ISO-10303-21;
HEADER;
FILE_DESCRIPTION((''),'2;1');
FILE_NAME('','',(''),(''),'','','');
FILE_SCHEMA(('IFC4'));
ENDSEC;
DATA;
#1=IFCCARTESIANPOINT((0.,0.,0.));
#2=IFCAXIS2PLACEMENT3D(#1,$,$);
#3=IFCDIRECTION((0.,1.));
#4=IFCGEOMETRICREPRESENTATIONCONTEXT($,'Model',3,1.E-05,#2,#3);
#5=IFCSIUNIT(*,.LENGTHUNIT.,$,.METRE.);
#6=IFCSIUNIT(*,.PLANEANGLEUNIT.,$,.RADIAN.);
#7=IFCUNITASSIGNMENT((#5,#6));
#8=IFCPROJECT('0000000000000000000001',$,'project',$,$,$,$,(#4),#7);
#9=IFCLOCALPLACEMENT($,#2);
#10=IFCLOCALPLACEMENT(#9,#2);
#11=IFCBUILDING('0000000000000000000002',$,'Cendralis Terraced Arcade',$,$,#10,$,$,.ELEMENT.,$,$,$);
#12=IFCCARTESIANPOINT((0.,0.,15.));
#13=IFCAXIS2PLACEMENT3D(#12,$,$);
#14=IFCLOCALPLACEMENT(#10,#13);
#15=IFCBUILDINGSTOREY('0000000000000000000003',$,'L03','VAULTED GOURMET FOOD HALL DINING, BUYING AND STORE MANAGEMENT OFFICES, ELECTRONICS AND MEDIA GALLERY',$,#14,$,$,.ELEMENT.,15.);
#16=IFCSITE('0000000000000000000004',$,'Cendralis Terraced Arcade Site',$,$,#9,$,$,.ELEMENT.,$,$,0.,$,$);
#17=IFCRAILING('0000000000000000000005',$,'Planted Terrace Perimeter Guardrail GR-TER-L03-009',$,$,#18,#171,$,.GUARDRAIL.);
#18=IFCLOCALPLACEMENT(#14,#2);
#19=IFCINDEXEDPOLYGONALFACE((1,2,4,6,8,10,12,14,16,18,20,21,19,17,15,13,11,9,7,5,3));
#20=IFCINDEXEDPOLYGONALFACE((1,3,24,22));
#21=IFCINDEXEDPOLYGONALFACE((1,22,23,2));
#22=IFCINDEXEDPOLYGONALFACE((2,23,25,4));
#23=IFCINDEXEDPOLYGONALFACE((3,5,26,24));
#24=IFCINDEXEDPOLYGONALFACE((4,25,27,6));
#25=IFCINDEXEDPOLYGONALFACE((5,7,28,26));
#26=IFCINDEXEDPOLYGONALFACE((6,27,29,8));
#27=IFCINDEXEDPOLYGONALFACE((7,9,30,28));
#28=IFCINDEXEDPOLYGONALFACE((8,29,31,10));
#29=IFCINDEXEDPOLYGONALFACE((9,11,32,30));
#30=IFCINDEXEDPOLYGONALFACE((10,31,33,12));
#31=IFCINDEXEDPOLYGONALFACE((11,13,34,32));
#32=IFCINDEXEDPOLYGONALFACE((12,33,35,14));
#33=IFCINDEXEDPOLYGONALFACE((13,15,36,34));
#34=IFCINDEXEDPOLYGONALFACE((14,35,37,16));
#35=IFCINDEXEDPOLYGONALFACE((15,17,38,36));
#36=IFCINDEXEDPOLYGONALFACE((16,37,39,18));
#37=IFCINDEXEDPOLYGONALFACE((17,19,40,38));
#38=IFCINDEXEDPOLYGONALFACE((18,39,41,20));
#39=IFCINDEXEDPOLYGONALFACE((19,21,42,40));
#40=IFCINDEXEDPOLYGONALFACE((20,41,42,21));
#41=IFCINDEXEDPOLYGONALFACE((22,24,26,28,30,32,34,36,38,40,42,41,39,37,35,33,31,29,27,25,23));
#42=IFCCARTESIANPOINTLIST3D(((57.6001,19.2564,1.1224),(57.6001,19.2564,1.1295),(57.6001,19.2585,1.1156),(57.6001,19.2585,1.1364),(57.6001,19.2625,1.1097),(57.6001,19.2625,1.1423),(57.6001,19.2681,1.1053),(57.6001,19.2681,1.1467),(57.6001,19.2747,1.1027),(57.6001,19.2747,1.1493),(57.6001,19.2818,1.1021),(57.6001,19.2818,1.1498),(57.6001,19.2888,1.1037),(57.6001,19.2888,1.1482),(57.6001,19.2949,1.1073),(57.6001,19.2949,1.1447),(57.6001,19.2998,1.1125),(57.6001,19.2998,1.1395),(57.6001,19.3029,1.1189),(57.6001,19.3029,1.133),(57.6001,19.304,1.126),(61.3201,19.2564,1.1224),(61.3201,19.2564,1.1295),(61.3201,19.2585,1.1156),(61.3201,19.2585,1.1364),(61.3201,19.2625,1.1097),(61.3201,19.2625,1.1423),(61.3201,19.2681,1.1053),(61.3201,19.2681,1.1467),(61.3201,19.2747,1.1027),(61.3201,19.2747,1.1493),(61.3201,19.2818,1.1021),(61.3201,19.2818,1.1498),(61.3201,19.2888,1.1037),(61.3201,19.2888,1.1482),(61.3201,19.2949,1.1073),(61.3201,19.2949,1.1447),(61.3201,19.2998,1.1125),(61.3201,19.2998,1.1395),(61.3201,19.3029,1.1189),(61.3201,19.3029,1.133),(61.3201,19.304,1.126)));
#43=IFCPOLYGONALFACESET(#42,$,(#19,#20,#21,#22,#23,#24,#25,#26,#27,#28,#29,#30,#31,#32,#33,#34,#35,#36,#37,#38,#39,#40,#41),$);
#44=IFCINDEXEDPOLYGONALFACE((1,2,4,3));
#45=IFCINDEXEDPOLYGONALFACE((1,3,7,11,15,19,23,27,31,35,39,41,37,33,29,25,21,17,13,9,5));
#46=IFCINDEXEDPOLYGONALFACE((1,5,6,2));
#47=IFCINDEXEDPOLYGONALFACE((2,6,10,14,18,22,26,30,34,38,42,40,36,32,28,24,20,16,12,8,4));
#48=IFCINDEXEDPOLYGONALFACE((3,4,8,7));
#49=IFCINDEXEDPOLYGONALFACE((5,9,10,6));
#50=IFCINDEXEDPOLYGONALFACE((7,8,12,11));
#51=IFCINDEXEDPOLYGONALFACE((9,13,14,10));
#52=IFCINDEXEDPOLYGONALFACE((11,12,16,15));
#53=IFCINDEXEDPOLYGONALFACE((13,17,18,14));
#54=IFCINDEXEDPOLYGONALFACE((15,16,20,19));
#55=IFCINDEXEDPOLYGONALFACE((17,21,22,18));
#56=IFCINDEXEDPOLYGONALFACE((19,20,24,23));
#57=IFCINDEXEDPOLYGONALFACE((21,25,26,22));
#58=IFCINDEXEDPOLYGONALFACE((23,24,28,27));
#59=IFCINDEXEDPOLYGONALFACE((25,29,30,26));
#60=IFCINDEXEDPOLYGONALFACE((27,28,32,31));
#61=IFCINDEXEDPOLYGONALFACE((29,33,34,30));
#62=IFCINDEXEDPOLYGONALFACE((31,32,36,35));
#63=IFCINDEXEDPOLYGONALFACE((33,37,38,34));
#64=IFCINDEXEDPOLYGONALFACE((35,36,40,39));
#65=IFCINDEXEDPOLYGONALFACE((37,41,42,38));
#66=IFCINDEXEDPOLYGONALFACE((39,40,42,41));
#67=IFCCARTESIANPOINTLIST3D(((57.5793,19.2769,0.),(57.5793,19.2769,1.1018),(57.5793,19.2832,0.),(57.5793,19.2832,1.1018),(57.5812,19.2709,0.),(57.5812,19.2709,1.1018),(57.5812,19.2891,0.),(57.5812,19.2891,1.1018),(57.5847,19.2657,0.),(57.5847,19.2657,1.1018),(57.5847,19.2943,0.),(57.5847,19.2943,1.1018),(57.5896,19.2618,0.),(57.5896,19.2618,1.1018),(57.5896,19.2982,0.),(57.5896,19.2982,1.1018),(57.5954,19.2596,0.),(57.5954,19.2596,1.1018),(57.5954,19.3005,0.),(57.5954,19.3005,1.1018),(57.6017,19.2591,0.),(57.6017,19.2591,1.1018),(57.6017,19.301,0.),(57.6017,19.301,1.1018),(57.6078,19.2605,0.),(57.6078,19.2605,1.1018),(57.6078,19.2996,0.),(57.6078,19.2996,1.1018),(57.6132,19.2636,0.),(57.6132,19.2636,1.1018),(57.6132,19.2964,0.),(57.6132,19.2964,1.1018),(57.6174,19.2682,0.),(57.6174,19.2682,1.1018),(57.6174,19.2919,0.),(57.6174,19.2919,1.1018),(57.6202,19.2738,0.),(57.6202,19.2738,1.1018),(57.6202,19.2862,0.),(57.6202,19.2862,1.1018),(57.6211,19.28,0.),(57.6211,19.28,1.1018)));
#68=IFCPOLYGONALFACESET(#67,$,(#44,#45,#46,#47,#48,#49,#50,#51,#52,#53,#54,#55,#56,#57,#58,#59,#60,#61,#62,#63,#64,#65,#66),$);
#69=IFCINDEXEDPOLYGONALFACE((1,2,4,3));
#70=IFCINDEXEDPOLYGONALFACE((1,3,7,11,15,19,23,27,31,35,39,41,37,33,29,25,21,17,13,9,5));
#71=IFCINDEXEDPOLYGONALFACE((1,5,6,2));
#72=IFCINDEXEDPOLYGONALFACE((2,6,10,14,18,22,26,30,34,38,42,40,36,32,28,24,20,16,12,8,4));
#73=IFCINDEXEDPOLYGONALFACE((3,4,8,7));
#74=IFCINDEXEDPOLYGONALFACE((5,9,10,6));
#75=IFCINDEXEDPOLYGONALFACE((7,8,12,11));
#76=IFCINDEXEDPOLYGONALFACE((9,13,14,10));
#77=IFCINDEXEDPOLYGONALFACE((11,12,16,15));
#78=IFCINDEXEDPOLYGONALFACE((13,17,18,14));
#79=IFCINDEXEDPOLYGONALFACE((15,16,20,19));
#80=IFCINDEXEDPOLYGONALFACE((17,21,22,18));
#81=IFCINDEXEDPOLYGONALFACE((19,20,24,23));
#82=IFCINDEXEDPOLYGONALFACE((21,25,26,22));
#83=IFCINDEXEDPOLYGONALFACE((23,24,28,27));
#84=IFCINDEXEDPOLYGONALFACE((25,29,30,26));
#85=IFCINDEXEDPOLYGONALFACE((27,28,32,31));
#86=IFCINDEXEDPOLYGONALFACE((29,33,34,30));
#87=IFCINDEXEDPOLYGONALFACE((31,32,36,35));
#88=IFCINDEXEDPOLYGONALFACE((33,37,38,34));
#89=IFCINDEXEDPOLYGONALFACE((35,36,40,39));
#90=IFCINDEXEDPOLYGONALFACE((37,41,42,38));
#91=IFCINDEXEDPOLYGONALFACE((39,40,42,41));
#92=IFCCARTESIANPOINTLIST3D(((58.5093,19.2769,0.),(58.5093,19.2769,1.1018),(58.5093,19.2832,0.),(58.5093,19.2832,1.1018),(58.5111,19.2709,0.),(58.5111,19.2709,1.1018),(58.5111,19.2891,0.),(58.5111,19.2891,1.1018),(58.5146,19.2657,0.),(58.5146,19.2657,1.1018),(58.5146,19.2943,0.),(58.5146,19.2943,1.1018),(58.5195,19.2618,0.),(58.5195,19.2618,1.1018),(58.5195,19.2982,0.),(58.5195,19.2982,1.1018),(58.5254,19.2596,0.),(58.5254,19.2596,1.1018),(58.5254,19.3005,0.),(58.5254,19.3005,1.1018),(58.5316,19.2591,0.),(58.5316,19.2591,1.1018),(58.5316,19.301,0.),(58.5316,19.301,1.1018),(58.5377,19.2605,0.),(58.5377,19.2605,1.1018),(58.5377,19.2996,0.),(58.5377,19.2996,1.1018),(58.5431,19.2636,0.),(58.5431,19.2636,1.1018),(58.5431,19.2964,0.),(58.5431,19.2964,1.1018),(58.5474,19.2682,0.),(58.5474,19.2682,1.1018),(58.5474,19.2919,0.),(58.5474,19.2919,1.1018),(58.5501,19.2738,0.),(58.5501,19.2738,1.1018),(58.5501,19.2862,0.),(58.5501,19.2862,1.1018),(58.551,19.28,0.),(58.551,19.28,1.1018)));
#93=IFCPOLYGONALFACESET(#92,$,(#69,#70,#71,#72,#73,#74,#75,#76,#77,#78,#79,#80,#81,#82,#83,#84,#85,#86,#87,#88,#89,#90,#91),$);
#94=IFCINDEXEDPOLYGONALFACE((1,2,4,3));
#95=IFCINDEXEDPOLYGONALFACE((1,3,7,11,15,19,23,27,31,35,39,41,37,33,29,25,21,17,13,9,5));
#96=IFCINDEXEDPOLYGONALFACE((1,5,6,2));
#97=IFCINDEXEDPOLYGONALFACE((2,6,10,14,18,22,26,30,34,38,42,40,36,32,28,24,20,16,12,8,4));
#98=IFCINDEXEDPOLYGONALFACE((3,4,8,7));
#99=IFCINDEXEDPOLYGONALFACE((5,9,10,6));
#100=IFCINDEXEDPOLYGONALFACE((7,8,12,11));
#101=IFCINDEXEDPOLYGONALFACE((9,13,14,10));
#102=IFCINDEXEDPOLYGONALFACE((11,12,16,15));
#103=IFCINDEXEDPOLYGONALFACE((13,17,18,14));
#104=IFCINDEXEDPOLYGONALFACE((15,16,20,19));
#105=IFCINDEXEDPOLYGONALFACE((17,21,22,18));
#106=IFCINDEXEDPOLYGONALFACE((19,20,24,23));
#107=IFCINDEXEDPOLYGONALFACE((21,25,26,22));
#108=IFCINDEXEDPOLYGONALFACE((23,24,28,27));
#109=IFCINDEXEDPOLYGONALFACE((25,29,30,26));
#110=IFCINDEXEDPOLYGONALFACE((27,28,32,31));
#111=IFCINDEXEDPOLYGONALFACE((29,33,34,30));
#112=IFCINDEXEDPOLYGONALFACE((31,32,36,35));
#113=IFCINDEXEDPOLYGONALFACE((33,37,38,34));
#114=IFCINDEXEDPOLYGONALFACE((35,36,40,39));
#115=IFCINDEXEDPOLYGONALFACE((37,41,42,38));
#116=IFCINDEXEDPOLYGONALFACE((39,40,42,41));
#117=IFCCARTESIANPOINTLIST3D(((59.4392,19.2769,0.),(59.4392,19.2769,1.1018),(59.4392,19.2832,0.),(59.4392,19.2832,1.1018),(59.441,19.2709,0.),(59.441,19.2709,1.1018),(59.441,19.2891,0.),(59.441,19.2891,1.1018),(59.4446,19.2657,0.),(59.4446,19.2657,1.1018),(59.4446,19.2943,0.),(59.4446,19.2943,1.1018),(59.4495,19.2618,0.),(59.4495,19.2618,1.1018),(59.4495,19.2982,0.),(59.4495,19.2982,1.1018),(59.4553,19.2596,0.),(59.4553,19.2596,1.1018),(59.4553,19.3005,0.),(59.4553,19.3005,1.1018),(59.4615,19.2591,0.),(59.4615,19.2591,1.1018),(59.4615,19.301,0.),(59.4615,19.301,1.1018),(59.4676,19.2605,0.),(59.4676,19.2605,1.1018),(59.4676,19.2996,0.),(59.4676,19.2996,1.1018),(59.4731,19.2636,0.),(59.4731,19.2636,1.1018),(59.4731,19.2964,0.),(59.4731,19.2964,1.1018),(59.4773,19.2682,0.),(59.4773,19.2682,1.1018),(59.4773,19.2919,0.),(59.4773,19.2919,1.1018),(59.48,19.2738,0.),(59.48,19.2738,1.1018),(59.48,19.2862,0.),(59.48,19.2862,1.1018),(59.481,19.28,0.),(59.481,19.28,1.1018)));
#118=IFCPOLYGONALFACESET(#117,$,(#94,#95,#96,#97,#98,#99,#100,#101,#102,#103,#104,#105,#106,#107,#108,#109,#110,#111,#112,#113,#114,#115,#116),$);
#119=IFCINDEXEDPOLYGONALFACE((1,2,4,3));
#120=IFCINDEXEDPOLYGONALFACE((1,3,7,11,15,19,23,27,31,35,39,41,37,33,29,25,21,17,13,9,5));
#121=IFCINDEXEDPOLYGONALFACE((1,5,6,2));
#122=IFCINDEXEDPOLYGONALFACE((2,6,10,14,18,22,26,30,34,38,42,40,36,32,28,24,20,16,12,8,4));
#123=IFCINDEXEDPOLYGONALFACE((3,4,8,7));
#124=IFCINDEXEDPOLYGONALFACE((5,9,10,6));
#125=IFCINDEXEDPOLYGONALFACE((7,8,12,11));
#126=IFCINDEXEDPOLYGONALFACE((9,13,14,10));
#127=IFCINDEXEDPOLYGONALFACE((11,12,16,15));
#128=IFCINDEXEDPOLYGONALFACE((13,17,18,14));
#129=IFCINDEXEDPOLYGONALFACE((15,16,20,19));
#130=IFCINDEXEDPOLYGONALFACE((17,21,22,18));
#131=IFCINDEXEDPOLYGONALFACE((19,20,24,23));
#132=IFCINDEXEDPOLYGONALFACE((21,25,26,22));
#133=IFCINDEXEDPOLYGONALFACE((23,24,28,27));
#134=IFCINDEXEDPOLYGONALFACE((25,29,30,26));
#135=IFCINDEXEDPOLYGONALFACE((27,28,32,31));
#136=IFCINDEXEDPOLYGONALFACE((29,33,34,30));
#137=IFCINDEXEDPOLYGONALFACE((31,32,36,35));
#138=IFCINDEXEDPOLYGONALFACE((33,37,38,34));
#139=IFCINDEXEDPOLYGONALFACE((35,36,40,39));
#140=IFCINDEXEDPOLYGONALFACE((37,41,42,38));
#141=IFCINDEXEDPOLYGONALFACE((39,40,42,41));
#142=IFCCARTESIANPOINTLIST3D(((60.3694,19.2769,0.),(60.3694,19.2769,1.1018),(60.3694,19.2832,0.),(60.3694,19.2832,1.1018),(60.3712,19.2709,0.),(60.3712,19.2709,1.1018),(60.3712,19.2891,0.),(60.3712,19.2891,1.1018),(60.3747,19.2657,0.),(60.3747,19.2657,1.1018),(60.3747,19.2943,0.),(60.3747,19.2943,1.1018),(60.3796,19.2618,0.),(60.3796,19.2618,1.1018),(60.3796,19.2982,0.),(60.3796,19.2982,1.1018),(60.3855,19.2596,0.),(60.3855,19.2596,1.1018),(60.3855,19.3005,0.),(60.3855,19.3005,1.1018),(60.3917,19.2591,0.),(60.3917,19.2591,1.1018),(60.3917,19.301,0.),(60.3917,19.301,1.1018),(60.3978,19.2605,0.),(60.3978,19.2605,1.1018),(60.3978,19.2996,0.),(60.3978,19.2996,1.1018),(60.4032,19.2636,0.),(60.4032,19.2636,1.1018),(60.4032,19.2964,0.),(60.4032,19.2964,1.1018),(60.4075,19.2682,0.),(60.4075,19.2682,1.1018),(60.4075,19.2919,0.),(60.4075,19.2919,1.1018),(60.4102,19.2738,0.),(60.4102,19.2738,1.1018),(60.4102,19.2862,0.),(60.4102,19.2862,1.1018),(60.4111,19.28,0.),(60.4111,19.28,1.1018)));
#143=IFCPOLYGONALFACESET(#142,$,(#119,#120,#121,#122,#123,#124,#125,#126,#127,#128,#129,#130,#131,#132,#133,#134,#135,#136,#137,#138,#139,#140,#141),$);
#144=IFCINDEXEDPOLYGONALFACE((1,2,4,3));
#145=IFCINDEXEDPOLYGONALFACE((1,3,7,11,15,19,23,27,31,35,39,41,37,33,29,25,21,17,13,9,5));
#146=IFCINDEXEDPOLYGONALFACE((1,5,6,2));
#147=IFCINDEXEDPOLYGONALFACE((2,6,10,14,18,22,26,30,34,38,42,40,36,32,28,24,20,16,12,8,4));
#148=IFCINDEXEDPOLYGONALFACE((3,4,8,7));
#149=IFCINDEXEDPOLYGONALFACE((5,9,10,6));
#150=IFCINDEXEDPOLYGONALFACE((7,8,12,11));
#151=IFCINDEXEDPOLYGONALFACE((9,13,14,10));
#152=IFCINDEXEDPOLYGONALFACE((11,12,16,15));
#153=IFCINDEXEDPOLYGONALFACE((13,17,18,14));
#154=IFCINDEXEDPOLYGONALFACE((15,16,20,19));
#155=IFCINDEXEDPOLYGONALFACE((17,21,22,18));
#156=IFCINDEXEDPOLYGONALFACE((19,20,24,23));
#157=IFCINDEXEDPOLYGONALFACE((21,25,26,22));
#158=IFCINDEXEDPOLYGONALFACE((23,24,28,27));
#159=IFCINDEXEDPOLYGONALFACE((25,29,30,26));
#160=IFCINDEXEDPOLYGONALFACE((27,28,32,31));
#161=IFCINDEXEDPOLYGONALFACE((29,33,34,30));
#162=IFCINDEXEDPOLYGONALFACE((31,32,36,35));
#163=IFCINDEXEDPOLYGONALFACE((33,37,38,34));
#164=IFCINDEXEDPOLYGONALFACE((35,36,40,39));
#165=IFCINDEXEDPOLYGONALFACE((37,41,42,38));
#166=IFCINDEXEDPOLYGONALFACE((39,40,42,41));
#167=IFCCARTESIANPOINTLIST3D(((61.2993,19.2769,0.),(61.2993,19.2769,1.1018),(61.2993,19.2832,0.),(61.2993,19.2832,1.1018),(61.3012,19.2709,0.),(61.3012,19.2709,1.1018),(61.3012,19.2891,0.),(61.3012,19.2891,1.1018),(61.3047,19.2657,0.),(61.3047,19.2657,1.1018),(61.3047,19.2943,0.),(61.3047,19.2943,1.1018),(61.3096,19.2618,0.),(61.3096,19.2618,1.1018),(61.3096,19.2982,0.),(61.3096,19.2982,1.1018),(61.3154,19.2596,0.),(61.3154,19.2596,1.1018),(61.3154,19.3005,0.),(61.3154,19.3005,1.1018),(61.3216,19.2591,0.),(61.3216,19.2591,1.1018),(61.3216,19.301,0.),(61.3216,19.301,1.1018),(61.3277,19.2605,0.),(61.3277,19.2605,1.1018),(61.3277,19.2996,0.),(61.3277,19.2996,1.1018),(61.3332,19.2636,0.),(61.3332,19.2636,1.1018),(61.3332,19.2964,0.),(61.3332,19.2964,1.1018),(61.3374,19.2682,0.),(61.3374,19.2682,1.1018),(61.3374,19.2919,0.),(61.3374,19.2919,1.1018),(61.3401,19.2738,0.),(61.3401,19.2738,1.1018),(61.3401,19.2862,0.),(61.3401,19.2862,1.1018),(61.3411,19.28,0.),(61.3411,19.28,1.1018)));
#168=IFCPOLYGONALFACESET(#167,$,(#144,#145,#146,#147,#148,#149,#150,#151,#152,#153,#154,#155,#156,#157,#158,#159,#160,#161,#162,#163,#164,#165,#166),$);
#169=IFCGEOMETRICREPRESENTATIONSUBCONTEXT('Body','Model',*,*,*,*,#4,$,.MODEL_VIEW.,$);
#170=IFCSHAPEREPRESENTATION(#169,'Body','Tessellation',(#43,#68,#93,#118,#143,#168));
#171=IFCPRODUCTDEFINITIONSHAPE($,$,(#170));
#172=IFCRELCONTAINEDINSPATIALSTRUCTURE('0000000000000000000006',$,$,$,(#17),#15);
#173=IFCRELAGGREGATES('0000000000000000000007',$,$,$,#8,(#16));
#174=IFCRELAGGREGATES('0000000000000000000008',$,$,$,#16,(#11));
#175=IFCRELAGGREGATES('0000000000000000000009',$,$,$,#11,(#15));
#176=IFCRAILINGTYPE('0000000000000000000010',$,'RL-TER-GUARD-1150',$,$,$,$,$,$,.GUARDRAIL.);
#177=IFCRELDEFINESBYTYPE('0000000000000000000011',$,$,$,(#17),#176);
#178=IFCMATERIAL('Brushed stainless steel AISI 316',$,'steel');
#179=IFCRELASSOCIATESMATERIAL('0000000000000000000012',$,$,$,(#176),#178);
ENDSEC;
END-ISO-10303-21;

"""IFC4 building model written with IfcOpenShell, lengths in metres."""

from ifc_helpers import new_model, si_unit, direction, frame, origin, origin_2d, place, context, subcontext, project, spatial, circle, extrude, material, type_object, element, save


model = new_model("IFC4")

# Units and contexts
model_context = context("Model", 3, precision=1e-05, world=origin(), true_north=direction((0.0, 1.0)))
body_context = subcontext(model_context, "Body", "Model", "MODEL_VIEW")
ifc_project = project(units=[si_unit("LENGTHUNIT", "METRE"), si_unit("PLANEANGLEUNIT", "RADIAN")], contexts=[model_context])

# Site, building, storey
site_placement = place(None, origin())
site = spatial("IfcSite", under=ifc_project, at=site_placement, Name="Cendralis Terraced Arcade Site", CompositionType="ELEMENT", RefElevation=0.0)
building_placement = place(site_placement, origin())
building = spatial("IfcBuilding", under=site, at=building_placement, Name="Cendralis Terraced Arcade", CompositionType="ELEMENT")
storey_placement = place(building_placement, frame((0.0, 0.0, 15.0)))
storey = spatial("IfcBuildingStorey", under=building, at=storey_placement, Name="L03", Description="VAULTED GOURMET FOOD HALL DINING, BUYING AND STORE MANAGEMENT OFFICES, ELECTRONICS AND MEDIA GALLERY", CompositionType="ELEMENT", Elevation=15.0)

# Railing
ifc_material_1 = material(Name="Brushed stainless steel AISI 316", Category="steel")
railing_type_1 = type_object("IfcRailingType", Name="RL-TER-GUARD-1150", PredefinedType="GUARDRAIL", material=ifc_material_1)
railing_1_placement = place(storey_placement, frame((57.6001, 19.28, 0.0)))
element("IfcRailing", 1, at=railing_1_placement, inside=storey, type_object=railing_type_1, Name="Planted Terrace Perimeter Guardrail GR-TER-L03-009", PredefinedType="GUARDRAIL", context=body_context, shape_type="SweptSolid", body=[
    extrude(circle(Radius=0.0239, at=origin_2d()), frame((0.0, 0.0, 1.126), z_axis=(1.0, 0.0, 0.0), x_axis=(0.0, 1.0, 0.0)), (0.0, 0.0, 1.0), 3.72),
    extrude(circle(Radius=0.021, at=origin_2d()), origin(), (0.0, 0.0, 1.0), 1.1018),
    extrude(circle(Radius=0.021, at=origin_2d()), frame((0.9299, 0.0, 0.0)), (0.0, 0.0, 1.0), 1.1018),
    extrude(circle(Radius=0.021, at=origin_2d()), frame((1.8599, 0.0, 0.0)), (0.0, 0.0, 1.0), 1.1018),
    extrude(circle(Radius=0.021, at=origin_2d()), frame((2.79, 0.0, 0.0)), (0.0, 0.0, 1.0), 1.1018),
    extrude(circle(Radius=0.021, at=origin_2d()), frame((3.72, 0.0, 0.0)), (0.0, 0.0, 1.0), 1.1018),
])

save(model, "model.ifc")
